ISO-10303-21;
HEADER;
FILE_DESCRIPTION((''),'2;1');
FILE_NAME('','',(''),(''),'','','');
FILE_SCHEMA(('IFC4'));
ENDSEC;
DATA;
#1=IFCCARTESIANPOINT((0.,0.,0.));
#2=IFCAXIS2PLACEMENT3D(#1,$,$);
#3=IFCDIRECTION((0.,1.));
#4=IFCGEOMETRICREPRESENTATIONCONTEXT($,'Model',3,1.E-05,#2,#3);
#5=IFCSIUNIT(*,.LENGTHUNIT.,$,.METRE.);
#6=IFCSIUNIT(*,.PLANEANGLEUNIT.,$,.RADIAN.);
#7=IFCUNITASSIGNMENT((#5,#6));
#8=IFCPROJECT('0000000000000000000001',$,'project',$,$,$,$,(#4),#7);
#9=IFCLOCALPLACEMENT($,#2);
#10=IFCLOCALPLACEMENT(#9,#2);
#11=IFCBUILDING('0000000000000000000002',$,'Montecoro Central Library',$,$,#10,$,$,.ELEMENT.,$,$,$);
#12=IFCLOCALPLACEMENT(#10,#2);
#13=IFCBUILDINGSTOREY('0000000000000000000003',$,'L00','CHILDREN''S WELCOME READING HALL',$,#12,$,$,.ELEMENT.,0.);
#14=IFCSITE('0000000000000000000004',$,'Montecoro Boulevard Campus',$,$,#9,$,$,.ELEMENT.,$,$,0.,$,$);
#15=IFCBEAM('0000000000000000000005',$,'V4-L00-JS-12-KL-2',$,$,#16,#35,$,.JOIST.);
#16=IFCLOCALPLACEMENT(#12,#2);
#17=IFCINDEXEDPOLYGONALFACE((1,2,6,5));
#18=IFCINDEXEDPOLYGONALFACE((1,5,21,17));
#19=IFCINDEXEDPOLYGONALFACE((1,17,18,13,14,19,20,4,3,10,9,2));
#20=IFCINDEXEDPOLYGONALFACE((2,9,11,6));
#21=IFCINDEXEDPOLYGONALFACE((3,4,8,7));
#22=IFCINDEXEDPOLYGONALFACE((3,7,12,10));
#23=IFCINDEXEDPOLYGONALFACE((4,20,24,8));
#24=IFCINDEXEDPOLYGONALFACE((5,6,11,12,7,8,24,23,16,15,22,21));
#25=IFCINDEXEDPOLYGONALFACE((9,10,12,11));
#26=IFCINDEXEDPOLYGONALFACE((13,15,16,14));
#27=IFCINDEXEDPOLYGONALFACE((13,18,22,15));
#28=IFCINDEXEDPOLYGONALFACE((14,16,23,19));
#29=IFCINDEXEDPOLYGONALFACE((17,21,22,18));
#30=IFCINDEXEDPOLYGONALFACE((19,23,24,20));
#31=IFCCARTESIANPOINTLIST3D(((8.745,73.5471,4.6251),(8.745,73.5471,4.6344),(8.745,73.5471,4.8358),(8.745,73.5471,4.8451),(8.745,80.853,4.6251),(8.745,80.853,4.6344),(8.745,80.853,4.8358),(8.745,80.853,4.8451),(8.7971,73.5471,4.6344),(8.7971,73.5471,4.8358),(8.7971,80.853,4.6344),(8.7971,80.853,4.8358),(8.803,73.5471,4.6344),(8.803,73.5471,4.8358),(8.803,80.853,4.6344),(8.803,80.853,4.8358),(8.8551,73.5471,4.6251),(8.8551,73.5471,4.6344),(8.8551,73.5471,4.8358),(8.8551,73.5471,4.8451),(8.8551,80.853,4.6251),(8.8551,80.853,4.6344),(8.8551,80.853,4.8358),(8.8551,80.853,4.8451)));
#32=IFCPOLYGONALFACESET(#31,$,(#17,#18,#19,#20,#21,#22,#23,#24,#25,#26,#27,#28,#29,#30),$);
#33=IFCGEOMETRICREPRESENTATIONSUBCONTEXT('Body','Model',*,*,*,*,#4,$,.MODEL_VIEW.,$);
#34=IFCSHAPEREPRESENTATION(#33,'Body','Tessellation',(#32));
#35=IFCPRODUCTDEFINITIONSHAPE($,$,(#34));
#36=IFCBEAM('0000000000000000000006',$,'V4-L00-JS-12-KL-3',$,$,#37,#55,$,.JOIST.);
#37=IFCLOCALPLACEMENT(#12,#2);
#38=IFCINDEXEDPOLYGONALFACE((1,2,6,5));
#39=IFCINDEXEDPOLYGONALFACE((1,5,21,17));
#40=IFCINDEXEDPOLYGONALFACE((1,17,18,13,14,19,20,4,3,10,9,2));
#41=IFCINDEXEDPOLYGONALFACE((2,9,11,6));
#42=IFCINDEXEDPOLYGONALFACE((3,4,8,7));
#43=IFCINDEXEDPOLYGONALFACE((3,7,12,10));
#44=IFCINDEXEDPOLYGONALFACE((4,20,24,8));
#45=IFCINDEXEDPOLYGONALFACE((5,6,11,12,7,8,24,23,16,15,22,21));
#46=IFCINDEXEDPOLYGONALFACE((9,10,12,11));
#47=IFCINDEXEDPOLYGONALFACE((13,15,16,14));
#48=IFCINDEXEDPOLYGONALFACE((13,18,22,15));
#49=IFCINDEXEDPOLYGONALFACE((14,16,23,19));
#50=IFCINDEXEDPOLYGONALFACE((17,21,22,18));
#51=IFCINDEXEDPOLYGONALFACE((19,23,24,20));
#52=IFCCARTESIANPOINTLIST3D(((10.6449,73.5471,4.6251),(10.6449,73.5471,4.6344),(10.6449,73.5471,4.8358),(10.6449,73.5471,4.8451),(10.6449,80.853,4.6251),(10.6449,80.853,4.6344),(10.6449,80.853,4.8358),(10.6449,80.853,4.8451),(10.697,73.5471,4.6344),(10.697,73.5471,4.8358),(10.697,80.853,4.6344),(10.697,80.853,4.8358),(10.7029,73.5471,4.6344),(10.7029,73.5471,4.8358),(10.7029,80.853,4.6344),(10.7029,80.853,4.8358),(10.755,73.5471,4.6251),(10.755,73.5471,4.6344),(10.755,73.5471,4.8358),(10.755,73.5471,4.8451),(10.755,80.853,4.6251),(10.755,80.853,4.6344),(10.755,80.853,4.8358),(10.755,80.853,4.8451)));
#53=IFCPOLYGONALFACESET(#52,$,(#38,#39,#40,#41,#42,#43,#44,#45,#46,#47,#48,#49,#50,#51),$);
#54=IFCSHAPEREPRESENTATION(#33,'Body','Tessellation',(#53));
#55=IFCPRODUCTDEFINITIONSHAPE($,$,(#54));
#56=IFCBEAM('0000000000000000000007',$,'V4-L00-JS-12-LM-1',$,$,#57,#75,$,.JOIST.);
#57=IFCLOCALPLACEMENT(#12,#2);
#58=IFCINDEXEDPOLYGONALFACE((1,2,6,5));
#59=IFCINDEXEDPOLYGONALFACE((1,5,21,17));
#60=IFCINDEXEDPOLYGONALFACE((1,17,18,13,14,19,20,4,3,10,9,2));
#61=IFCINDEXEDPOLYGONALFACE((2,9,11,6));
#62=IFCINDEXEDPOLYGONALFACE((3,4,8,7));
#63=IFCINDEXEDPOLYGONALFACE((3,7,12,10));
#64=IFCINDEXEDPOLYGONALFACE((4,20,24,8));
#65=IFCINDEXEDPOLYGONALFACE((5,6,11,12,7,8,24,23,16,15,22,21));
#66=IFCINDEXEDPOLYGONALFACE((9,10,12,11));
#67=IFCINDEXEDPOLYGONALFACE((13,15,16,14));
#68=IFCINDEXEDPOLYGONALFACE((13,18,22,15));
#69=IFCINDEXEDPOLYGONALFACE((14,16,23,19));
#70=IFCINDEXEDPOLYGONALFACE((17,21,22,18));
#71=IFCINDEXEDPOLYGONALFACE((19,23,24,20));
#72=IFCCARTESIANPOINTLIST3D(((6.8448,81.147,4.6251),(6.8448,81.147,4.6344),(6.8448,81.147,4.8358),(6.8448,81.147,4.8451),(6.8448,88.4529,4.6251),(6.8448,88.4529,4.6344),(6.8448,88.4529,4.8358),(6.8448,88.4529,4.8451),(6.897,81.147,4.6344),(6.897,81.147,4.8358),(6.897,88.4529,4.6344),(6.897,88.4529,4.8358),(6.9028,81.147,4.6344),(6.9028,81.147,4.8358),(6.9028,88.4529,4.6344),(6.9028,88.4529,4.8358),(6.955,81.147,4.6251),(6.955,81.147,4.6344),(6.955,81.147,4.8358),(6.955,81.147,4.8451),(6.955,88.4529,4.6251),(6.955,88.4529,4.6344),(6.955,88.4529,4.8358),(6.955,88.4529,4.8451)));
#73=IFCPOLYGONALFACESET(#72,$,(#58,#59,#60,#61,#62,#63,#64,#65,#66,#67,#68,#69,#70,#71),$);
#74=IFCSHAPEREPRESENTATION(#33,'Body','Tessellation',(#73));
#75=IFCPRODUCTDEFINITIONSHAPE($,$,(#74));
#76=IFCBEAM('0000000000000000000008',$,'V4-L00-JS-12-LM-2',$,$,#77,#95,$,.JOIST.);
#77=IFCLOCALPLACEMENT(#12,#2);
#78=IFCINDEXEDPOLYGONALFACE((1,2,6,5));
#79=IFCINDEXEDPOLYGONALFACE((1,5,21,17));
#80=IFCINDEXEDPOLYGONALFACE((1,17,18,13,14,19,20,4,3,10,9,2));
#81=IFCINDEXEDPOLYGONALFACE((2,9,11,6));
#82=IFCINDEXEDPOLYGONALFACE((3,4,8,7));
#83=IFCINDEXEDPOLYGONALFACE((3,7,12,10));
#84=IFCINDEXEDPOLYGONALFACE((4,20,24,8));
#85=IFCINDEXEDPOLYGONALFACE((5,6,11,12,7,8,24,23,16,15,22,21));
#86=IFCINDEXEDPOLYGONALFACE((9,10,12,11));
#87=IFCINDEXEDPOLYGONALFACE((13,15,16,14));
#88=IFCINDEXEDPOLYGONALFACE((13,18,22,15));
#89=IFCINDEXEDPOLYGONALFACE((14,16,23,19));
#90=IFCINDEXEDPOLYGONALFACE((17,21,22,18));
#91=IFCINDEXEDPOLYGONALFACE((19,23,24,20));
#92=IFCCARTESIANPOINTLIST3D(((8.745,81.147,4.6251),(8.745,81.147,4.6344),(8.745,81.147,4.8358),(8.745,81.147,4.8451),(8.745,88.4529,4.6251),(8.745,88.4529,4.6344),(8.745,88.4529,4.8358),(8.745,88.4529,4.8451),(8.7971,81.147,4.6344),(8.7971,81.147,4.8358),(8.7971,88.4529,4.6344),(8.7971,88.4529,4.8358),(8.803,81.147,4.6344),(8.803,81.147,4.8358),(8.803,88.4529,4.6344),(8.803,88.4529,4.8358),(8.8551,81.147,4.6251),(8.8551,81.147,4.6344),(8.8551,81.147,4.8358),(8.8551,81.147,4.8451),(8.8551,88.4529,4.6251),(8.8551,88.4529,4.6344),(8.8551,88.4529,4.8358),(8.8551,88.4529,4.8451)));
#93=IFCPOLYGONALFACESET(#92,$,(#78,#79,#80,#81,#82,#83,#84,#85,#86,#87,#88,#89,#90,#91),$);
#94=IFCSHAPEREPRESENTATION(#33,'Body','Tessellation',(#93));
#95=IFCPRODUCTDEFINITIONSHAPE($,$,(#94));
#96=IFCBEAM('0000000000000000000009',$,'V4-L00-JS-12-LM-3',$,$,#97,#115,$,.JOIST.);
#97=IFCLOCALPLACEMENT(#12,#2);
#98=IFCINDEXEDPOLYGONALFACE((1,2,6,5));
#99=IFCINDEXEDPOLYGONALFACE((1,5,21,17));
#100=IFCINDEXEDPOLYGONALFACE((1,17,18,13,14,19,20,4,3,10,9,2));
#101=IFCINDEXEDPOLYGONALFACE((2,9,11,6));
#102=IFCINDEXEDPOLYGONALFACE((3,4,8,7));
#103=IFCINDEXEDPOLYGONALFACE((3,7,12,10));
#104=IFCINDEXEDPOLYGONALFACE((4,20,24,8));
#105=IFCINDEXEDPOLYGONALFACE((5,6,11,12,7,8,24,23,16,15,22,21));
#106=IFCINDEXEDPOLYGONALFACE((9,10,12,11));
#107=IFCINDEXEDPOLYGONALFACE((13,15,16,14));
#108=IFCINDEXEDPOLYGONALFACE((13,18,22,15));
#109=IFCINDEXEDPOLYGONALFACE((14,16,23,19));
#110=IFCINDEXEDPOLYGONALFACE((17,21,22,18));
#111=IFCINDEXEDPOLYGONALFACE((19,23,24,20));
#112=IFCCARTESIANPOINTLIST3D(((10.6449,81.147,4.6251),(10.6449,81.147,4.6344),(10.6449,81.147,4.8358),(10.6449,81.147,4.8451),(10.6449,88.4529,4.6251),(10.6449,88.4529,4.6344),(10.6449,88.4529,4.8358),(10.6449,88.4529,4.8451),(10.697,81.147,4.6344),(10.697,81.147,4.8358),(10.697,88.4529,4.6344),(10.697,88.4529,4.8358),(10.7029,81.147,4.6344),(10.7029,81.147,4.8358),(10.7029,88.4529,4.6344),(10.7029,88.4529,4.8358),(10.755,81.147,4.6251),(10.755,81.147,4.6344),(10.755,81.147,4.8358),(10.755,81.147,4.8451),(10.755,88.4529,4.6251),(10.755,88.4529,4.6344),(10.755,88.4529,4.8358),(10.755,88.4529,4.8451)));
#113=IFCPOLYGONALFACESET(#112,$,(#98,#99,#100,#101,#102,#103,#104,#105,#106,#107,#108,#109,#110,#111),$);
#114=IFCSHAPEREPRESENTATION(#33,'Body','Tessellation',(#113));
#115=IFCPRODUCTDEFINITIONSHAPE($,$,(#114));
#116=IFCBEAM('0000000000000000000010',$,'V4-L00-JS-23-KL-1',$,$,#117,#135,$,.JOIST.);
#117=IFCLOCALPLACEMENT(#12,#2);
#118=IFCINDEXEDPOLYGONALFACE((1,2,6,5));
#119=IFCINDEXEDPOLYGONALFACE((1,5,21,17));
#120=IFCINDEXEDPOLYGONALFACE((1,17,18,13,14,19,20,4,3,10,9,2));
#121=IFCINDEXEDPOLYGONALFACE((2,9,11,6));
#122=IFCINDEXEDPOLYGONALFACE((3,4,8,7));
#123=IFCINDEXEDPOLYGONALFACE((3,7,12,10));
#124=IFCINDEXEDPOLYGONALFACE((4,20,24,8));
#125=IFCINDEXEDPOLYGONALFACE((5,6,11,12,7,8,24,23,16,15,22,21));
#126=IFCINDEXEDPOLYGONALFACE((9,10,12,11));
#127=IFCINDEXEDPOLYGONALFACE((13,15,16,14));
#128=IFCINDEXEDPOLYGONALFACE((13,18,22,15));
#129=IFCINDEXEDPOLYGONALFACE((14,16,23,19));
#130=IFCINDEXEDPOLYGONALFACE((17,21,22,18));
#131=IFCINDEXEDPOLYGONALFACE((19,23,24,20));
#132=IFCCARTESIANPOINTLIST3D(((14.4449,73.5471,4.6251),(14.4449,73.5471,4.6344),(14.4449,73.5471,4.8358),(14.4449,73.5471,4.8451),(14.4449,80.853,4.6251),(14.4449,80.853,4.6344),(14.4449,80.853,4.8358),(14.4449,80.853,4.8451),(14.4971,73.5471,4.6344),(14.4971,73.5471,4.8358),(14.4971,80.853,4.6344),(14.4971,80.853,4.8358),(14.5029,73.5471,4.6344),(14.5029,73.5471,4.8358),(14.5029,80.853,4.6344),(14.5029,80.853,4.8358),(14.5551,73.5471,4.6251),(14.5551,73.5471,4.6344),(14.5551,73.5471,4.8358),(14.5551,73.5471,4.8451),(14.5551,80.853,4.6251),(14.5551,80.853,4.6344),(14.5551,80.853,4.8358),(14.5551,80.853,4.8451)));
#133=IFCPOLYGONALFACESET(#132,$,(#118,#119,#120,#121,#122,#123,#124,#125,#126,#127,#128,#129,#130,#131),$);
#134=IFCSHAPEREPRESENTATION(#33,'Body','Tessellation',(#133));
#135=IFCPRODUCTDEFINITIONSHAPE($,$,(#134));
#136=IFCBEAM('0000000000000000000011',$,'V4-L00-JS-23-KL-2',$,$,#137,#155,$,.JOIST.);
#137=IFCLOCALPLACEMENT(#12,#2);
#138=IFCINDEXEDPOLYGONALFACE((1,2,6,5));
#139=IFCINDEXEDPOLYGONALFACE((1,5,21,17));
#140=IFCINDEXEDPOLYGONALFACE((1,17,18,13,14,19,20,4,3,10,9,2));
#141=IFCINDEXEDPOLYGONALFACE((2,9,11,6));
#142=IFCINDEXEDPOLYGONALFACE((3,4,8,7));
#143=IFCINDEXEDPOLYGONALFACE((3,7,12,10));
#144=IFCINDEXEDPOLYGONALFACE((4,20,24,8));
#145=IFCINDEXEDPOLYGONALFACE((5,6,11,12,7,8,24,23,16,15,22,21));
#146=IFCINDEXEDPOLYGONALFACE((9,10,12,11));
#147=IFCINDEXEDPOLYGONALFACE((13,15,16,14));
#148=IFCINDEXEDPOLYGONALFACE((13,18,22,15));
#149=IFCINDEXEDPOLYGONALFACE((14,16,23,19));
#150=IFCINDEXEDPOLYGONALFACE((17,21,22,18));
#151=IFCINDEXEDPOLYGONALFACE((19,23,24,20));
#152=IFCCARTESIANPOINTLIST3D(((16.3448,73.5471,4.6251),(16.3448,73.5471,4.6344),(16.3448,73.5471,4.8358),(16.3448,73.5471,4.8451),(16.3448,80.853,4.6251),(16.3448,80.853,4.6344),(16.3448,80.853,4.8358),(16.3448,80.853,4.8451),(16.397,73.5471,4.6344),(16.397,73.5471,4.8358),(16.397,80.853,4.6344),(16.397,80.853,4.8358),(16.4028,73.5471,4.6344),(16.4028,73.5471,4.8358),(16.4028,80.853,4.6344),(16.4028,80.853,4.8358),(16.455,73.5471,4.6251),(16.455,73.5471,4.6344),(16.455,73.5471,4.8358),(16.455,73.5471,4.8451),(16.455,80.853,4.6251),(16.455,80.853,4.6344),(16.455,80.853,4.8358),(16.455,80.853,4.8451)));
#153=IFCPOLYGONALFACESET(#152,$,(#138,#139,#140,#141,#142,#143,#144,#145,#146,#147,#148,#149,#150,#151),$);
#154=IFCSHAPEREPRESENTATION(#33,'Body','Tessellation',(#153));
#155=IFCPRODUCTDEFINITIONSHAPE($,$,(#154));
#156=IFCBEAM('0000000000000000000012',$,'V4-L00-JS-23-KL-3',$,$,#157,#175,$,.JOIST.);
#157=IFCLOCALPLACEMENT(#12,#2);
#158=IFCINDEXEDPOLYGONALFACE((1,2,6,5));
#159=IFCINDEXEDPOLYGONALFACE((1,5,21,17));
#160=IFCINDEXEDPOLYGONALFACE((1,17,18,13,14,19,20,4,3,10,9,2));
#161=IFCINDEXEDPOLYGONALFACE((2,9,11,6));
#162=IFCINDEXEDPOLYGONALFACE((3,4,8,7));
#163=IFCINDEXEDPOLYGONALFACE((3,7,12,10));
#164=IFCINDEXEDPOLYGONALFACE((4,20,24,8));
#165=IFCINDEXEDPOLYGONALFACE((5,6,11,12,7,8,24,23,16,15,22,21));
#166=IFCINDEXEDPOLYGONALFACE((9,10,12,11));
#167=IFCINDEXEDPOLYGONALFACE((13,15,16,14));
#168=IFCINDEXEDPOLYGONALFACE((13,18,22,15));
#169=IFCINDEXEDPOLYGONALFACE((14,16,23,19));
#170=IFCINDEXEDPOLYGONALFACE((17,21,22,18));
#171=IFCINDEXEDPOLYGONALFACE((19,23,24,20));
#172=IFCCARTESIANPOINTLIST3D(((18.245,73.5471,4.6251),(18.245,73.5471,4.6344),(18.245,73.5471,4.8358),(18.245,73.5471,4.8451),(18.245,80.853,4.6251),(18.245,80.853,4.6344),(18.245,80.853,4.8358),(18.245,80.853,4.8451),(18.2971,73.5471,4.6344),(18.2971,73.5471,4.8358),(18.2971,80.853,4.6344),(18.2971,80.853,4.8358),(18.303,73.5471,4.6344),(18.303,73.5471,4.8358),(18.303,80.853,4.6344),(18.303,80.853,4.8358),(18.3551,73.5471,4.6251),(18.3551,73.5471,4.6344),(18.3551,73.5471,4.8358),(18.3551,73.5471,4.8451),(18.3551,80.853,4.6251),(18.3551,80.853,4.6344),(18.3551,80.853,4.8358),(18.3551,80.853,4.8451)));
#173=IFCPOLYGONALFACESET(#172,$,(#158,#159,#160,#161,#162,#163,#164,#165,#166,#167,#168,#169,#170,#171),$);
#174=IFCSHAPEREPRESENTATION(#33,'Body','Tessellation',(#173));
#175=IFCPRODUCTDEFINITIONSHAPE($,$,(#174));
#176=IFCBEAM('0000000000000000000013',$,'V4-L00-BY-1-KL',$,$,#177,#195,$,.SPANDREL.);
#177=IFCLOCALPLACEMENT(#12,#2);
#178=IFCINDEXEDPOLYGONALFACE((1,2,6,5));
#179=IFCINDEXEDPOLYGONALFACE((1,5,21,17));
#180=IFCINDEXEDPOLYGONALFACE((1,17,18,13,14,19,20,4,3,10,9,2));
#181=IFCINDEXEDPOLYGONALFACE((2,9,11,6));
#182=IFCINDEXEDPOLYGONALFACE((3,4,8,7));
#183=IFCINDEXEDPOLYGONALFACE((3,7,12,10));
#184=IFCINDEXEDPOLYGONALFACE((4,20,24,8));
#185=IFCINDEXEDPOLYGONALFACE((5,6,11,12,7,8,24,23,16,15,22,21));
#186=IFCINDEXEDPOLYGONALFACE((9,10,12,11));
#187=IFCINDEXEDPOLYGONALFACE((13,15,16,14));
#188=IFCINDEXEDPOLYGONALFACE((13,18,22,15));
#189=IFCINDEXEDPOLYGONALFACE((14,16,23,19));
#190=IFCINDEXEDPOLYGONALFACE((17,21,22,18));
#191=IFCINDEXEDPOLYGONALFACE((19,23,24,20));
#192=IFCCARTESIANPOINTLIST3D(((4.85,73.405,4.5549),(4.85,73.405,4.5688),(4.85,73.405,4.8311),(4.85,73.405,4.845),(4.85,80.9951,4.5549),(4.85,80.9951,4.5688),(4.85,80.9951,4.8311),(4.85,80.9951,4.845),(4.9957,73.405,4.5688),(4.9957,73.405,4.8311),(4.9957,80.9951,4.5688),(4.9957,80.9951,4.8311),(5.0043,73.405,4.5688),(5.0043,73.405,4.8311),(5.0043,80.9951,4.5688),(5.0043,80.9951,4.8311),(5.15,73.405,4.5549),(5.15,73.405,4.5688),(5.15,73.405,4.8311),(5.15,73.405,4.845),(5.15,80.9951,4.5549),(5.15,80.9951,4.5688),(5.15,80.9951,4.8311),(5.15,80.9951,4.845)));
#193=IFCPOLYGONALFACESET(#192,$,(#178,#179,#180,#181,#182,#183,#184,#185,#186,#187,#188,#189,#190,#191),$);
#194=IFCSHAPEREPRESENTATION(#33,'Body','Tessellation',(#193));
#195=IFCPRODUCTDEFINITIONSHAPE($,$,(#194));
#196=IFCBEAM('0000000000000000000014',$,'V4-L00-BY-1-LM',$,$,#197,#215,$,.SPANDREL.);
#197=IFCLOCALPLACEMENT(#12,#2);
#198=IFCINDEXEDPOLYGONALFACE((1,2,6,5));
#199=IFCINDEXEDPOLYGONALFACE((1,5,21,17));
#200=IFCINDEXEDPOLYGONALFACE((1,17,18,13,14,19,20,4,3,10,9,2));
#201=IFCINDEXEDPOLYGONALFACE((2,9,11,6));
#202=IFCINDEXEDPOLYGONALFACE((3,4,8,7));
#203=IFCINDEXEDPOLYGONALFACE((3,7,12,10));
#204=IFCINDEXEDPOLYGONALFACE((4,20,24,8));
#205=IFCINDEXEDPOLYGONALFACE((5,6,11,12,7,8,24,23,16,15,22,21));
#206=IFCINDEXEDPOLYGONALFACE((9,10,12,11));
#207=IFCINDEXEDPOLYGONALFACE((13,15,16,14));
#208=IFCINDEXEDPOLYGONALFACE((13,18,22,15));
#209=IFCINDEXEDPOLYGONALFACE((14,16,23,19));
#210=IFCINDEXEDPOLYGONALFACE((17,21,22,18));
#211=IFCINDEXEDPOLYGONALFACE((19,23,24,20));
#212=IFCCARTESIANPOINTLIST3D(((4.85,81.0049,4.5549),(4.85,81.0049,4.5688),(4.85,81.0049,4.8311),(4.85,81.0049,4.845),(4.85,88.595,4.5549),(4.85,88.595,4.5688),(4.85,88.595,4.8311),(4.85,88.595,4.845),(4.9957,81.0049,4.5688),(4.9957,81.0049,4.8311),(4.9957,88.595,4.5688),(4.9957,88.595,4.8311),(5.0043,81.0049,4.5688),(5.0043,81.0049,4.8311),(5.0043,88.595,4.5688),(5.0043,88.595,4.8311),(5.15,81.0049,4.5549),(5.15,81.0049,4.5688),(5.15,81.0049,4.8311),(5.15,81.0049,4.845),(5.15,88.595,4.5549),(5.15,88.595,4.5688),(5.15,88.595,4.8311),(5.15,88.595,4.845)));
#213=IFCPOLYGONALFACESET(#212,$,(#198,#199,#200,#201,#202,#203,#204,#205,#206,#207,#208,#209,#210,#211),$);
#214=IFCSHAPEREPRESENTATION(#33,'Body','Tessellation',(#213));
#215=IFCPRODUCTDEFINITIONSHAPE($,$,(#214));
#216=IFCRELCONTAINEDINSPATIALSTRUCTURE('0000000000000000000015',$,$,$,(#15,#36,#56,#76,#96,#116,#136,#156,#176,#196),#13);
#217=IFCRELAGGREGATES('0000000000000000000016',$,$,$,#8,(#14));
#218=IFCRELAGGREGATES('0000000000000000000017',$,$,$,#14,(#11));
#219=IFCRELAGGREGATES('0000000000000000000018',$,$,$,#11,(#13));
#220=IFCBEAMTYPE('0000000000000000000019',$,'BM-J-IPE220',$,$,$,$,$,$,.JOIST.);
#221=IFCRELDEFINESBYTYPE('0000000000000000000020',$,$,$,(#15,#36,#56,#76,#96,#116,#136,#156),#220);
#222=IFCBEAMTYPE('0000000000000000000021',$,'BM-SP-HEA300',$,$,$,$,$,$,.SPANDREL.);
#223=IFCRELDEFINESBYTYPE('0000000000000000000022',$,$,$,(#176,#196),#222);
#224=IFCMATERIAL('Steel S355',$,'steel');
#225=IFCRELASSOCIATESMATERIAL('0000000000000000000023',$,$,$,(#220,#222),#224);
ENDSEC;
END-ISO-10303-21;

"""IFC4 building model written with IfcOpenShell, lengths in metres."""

from ifc_helpers import new_model, si_unit, direction, frame, origin, origin_2d, place, context, subcontext, project, spatial, i_section, extrude, material, material_profile, profile_set, type_object, element, save


model = new_model("IFC4")

# Units and contexts
model_context = context("Model", 3, precision=1e-05, world=origin(), true_north=direction((0.0, 1.0)))
body_context = subcontext(model_context, "Body", "Model", "MODEL_VIEW")
ifc_project = project(units=[si_unit("LENGTHUNIT", "METRE"), si_unit("PLANEANGLEUNIT", "RADIAN")], contexts=[model_context])

# Site, building, storey
site_placement = place(None, origin())
site = spatial("IfcSite", under=ifc_project, at=site_placement, Name="Montecoro Boulevard Campus", CompositionType="ELEMENT", RefElevation=0.0)
building_placement = place(site_placement, origin())
building = spatial("IfcBuilding", under=site, at=building_placement, Name="Montecoro Central Library", CompositionType="ELEMENT")
storey_placement = place(building_placement, origin())
storey = spatial("IfcBuildingStorey", under=building, at=storey_placement, Name="L00", Description="CHILDREN'S WELCOME READING HALL", CompositionType="ELEMENT", Elevation=0.0)

# Beams
ifc_material_1 = material(Name="Steel S355", Category="steel")
ifc_material_profile_1 = material_profile(ifc_material_1, i_section(OverallWidth=0.1101, OverallDepth=0.22, WebThickness=0.0059, FlangeThickness=0.0093, at=origin_2d()), Name="IPE 220")
ifc_profile_set_1 = profile_set([ifc_material_profile_1], Name="Steel S355")
beam_type_1 = type_object("IfcBeamType", Name="BM-J-IPE220", PredefinedType="JOIST", material=ifc_profile_set_1)
for number, where, z_axis, x_axis, name in (
    (1, (8.8, 73.5471, 4.7351), (0.0, 1.0, 0.0), (-1.0, 0.0, 0.0), "V4-L00-JS-12-KL-2"),
    (2, (10.7, 73.5471, 4.7351), (0.0, 1.0, 0.0), (-1.0, 0.0, 0.0), "V4-L00-JS-12-KL-3"),
    (3, (6.8999, 81.147, 4.7351), (0.0, 1.0, 0.0), (-1.0, 0.0, 0.0), "V4-L00-JS-12-LM-1"),
    (4, (8.8, 81.147, 4.7351), (0.0, 1.0, 0.0), (-1.0, 0.0, 0.0), "V4-L00-JS-12-LM-2"),
    (5, (10.7, 81.147, 4.7351), (0.0, 1.0, 0.0), (-1.0, 0.0, 0.0), "V4-L00-JS-12-LM-3"),
    (6, (14.5, 73.5471, 4.7351), (0.0, 1.0, 0.0), (-1.0, 0.0, 0.0), "V4-L00-JS-23-KL-1"),
    (7, (16.3999, 73.5471, 4.7351), (0.0, 1.0, 0.0), (-1.0, 0.0, 0.0), "V4-L00-JS-23-KL-2"),
    (8, (18.3, 73.5471, 4.7351), (0.0, 1.0, 0.0), (-1.0, 0.0, 0.0), "V4-L00-JS-23-KL-3"),
):
    element("IfcBeam", number, at=place(storey_placement, frame(where, z_axis=z_axis, x_axis=x_axis)), inside=storey, type_object=beam_type_1, Name=name, PredefinedType="JOIST", context=body_context, shape_type="SweptSolid", body=[
        extrude(i_section(OverallWidth=0.1101, OverallDepth=0.22, WebThickness=0.0059, FlangeThickness=0.0093, at=origin_2d()), origin(), (0.0, 0.0, 1.0), 7.3059),
    ])
ifc_material_profile_2 = material_profile(ifc_material_1, i_section(OverallWidth=0.3, OverallDepth=0.29, WebThickness=0.0085, FlangeThickness=0.0139, at=origin_2d()), Name="HEA 300")
ifc_profile_set_2 = profile_set([ifc_material_profile_2], Name="Steel S355")
beam_type_2 = type_object("IfcBeamType", Name="BM-SP-HEA300", PredefinedType="SPANDREL", material=ifc_profile_set_2)
for number, where, z_axis, x_axis, name in (
    (9, (5.0, 73.405, 4.7), (0.0, 1.0, 0.0), (-1.0, 0.0, 0.0), "V4-L00-BY-1-KL"),
    (10, (5.0, 81.0049, 4.7), (0.0, 1.0, 0.0), (-1.0, 0.0, 0.0), "V4-L00-BY-1-LM"),
):
    element("IfcBeam", number, at=place(storey_placement, frame(where, z_axis=z_axis, x_axis=x_axis)), inside=storey, type_object=beam_type_2, Name=name, PredefinedType="SPANDREL", context=body_context, shape_type="SweptSolid", body=[
        extrude(i_section(OverallWidth=0.3, OverallDepth=0.29, WebThickness=0.0085, FlangeThickness=0.0139, at=origin_2d()), origin(), (0.0, 0.0, 1.0), 7.5901),
    ])

save(model, "model.ifc")
